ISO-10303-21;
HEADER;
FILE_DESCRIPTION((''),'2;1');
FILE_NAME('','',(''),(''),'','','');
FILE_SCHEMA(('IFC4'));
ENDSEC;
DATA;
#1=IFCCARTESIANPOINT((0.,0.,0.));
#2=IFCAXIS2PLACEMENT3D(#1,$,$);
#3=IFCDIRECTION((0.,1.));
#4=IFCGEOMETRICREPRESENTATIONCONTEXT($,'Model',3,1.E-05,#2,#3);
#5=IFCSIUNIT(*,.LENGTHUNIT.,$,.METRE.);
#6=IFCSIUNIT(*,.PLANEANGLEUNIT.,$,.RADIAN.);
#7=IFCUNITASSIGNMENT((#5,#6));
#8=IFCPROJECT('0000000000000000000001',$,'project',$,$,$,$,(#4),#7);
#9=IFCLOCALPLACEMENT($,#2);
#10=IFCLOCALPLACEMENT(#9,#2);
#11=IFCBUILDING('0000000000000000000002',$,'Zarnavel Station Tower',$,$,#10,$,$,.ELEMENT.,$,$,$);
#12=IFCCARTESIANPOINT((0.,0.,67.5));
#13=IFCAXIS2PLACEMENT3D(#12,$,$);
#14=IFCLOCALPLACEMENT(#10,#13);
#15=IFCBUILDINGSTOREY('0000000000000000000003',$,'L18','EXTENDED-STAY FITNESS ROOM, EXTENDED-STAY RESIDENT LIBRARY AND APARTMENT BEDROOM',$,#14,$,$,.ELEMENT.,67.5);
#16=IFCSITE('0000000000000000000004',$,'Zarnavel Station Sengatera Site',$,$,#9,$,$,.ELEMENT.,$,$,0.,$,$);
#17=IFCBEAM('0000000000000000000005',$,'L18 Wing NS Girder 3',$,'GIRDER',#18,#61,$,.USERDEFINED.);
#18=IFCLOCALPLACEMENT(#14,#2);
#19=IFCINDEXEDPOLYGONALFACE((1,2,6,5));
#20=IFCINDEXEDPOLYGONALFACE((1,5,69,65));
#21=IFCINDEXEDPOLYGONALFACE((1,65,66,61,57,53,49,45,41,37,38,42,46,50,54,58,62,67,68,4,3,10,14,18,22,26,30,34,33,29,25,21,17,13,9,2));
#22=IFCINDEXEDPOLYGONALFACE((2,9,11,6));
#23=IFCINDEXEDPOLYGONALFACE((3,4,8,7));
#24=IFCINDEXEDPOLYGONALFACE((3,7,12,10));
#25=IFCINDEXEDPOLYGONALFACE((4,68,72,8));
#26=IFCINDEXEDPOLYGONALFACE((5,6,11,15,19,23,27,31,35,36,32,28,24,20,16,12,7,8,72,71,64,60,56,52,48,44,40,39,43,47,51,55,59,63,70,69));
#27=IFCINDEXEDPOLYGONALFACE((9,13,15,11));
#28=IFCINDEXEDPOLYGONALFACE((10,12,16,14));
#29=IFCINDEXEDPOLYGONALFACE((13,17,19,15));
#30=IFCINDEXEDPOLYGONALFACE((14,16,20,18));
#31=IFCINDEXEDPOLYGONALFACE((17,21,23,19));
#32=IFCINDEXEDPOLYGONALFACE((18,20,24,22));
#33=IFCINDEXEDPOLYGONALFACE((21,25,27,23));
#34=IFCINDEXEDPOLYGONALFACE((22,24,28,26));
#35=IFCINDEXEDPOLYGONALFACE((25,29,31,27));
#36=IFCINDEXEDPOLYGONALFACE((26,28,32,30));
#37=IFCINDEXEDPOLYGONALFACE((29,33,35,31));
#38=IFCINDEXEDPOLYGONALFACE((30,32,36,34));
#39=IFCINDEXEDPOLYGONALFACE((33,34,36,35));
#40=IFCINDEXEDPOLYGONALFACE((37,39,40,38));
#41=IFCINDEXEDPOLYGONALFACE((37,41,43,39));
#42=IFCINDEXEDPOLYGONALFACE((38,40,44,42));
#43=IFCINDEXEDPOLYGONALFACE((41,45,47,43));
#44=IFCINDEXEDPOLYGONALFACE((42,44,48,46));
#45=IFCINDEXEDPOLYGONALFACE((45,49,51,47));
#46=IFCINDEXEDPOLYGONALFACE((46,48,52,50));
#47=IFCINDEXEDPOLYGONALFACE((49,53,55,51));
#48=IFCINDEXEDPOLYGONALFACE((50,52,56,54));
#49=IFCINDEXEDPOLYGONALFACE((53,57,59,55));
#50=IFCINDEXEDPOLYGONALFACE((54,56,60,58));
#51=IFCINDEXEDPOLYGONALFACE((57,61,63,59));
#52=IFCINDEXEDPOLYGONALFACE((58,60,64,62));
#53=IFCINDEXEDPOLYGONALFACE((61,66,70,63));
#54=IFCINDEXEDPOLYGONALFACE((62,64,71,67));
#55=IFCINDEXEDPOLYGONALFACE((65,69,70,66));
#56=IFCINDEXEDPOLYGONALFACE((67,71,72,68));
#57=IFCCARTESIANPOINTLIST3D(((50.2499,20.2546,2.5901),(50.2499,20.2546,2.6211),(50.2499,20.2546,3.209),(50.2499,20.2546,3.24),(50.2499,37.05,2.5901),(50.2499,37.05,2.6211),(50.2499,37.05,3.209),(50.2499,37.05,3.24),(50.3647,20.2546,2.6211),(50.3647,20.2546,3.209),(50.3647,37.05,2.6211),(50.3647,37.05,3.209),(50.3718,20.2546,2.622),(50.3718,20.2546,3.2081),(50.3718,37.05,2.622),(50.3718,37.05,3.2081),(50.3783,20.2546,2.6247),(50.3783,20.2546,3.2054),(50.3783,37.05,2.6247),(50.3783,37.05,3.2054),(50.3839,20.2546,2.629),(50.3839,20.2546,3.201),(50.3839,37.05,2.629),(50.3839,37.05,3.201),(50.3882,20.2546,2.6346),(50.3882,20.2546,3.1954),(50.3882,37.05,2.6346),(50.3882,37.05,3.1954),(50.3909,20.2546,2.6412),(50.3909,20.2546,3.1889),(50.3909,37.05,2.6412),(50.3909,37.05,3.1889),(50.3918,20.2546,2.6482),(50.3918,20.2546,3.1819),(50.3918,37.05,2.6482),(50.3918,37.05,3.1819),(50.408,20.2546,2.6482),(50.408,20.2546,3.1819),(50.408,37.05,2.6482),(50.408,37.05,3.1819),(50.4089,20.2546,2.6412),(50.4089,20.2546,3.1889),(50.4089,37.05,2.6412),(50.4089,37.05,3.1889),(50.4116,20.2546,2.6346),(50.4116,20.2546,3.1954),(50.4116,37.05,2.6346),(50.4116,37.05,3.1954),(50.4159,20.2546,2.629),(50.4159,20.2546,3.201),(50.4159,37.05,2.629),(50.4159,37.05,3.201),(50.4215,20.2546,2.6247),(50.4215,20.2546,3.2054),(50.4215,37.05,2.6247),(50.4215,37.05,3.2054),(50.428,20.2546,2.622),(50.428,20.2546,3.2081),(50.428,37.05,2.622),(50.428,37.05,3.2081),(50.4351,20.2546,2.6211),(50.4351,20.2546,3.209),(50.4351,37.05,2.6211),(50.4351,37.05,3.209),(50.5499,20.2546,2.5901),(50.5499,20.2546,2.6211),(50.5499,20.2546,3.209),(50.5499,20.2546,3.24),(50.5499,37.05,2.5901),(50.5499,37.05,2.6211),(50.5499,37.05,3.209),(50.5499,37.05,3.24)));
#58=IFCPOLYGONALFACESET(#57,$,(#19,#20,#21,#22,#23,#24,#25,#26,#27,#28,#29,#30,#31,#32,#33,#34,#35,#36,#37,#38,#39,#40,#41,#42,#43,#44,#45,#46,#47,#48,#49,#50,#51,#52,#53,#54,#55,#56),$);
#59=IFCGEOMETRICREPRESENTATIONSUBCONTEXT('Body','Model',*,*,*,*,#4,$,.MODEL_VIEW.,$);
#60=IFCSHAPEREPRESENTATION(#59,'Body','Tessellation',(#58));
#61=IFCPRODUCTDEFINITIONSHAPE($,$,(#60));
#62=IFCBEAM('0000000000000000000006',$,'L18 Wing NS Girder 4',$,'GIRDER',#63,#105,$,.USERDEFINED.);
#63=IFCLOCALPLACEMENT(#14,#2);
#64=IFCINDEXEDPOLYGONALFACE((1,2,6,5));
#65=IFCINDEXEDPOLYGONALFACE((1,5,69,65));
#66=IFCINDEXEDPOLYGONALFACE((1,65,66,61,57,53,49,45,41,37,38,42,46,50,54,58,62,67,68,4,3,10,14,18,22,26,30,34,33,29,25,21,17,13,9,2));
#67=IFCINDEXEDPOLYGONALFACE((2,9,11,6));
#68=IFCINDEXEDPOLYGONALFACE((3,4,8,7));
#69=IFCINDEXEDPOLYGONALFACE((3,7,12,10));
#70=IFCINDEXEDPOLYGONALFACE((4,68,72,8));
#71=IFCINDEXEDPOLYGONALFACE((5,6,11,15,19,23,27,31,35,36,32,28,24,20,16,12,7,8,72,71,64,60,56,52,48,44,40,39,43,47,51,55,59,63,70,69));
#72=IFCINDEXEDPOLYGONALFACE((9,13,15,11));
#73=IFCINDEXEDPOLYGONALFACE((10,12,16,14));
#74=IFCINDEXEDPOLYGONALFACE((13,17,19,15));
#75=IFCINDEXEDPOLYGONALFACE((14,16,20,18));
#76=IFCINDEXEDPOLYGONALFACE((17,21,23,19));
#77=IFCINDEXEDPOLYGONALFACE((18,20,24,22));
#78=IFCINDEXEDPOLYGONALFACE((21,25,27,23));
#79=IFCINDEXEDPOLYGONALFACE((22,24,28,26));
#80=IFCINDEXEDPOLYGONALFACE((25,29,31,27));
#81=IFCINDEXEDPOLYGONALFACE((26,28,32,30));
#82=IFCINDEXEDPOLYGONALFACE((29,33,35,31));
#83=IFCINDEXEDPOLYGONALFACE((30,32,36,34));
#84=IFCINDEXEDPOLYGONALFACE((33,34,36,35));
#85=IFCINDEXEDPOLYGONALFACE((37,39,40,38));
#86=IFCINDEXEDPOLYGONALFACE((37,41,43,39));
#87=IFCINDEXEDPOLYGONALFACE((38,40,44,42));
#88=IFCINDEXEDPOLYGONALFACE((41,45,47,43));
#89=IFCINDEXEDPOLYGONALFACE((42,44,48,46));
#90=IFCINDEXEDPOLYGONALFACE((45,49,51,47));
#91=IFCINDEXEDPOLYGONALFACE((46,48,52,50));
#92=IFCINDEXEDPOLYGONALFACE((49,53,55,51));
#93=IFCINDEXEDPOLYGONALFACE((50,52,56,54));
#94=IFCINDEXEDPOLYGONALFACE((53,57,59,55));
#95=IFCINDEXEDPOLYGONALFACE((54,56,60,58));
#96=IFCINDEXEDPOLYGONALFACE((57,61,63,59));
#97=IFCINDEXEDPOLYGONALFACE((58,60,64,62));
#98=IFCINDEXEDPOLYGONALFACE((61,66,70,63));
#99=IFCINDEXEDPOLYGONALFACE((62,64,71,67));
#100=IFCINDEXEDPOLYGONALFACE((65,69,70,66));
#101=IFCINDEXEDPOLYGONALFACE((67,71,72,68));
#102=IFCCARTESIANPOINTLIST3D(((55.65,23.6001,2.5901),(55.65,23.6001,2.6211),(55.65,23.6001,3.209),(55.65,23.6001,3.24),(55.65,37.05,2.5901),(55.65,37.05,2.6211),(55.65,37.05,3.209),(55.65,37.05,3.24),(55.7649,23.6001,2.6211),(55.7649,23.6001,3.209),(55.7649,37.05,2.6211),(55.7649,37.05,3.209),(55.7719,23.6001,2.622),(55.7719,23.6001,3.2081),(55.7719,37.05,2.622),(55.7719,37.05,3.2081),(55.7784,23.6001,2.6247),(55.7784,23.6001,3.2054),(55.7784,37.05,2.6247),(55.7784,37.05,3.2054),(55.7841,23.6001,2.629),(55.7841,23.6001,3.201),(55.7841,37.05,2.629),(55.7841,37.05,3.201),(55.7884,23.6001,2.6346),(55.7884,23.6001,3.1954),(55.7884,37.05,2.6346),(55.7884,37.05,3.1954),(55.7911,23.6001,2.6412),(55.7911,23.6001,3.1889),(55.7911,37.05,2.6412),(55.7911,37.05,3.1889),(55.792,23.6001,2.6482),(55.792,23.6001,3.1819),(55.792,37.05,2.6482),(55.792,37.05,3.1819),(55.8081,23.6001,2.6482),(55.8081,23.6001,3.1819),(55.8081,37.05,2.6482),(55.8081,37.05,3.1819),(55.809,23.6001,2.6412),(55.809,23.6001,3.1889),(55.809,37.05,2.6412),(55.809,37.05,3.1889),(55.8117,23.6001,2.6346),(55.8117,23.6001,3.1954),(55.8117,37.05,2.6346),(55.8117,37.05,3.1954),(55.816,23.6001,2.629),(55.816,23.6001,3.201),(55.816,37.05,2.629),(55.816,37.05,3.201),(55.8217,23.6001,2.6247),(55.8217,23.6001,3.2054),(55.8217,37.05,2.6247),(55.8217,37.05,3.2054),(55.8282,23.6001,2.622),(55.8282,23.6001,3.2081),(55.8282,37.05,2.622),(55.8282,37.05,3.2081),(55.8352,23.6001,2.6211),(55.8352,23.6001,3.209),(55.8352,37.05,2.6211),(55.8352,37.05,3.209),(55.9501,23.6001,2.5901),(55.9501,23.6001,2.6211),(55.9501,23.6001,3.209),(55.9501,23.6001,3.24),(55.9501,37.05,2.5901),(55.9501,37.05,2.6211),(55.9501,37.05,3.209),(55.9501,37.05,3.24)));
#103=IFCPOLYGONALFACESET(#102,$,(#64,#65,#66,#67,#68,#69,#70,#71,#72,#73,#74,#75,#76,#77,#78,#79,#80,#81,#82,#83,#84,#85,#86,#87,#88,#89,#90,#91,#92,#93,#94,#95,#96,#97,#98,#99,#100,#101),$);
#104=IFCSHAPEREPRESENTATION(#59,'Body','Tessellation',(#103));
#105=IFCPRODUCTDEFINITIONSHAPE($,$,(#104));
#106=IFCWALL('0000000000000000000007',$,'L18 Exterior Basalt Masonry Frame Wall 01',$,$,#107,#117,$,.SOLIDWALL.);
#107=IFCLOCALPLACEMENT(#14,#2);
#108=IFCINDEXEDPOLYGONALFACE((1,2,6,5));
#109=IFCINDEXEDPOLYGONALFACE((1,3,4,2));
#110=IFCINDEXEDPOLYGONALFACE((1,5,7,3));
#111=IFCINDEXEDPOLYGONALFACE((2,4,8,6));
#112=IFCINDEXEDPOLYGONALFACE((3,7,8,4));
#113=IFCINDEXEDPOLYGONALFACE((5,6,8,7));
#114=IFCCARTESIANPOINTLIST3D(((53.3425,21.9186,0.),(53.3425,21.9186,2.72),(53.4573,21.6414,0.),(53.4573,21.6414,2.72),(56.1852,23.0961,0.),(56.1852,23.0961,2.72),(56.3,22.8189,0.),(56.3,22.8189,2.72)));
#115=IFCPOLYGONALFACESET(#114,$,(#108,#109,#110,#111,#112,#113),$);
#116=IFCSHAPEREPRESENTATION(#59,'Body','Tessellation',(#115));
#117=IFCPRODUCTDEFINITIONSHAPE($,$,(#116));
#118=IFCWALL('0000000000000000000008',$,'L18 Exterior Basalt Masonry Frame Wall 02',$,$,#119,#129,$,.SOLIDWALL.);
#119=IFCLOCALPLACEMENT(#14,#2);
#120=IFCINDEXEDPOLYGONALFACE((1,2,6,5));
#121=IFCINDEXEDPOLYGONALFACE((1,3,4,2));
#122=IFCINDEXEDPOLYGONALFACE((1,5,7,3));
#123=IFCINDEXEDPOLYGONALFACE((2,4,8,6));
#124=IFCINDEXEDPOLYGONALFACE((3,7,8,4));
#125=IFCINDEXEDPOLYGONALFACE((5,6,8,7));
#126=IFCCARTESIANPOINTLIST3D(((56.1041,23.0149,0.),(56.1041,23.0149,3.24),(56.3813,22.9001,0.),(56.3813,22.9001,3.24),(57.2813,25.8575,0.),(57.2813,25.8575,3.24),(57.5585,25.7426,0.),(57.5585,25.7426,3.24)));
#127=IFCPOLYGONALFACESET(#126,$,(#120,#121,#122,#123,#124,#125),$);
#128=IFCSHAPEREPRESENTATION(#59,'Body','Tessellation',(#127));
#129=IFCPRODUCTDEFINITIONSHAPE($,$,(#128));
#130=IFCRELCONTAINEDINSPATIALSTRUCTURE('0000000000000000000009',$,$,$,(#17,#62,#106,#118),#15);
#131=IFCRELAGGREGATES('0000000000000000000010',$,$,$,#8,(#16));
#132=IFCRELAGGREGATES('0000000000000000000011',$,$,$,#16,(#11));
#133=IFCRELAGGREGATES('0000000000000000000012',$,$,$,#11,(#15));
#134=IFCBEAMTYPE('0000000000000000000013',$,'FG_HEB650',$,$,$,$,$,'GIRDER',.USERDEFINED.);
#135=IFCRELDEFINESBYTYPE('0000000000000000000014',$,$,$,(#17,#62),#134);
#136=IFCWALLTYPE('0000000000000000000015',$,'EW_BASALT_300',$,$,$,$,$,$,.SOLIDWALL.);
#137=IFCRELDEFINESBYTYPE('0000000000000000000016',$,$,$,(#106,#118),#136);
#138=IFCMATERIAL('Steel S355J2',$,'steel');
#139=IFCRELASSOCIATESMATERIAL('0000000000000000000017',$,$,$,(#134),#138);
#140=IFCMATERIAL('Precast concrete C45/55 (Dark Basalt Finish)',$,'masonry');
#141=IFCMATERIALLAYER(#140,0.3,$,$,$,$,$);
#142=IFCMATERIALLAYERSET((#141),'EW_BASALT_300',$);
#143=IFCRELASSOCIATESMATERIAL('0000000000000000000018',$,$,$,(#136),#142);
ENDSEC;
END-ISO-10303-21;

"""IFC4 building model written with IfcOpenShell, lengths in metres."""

from ifc_helpers import new_model, si_unit, direction, frame, frame_2d, origin, origin_2d, place, context, subcontext, project, spatial, rectangle, i_section, extrude, material, layer, layer_set, material_profile, profile_set, type_object, element, save


model = new_model("IFC4")

# Units and contexts
model_context = context("Model", 3, precision=1e-05, world=origin(), true_north=direction((0.0, 1.0)))
body_context = subcontext(model_context, "Body", "Model", "MODEL_VIEW")
ifc_project = project(units=[si_unit("LENGTHUNIT", "METRE"), si_unit("PLANEANGLEUNIT", "RADIAN")], contexts=[model_context])

# Site, building, storey
site_placement = place(None, origin())
site = spatial("IfcSite", under=ifc_project, at=site_placement, Name="Zarnavel Station Sengatera Site", CompositionType="ELEMENT", RefElevation=0.0)
building_placement = place(site_placement, origin())
building = spatial("IfcBuilding", under=site, at=building_placement, Name="Zarnavel Station Tower", CompositionType="ELEMENT")
storey_placement = place(building_placement, frame((0.0, 0.0, 67.5)))
storey = spatial("IfcBuildingStorey", under=building, at=storey_placement, Name="L18", Description="EXTENDED-STAY FITNESS ROOM, EXTENDED-STAY RESIDENT LIBRARY AND APARTMENT BEDROOM", CompositionType="ELEMENT", Elevation=67.5)

# Beams
ifc_material_1 = material(Name="Steel S355J2", Category="steel")
ifc_material_profile_1 = material_profile(ifc_material_1, i_section(OverallWidth=0.3, OverallDepth=0.6499, WebThickness=0.0161, FlangeThickness=0.031, FilletRadius=0.0271, at=origin_2d()), Name="HEB650")
ifc_profile_set_1 = profile_set([ifc_material_profile_1], Name="Steel S355J2")
beam_type_1 = type_object("IfcBeamType", Name="FG_HEB650", ElementType="GIRDER", PredefinedType="USERDEFINED", material=ifc_profile_set_1)
beam_1_placement = place(storey_placement, frame((50.3999, 20.2546, 2.915), z_axis=(0.0, 1.0, 0.0), x_axis=(-1.0, 0.0, 0.0)))
element("IfcBeam", 1, at=beam_1_placement, inside=storey, type_object=beam_type_1, Name="L18 Wing NS Girder 3", ObjectType="GIRDER", PredefinedType="USERDEFINED", context=body_context, shape_type="SweptSolid", body=[
    extrude(i_section(OverallWidth=0.3, OverallDepth=0.6499, WebThickness=0.0161, FlangeThickness=0.031, FilletRadius=0.0271, at=origin_2d()), origin(), (0.0, 0.0, 1.0), 16.7954),
])
beam_2_placement = place(storey_placement, frame((55.8, 23.6001, 2.915), z_axis=(0.0, 1.0, 0.0), x_axis=(-1.0, 0.0, 0.0)))
element("IfcBeam", 2, at=beam_2_placement, inside=storey, type_object=beam_type_1, Name="L18 Wing NS Girder 4", ObjectType="GIRDER", PredefinedType="USERDEFINED", context=body_context, shape_type="SweptSolid", body=[
    extrude(i_section(OverallWidth=0.3, OverallDepth=0.6499, WebThickness=0.0161, FlangeThickness=0.031, FilletRadius=0.0271, at=origin_2d()), origin(), (0.0, 0.0, 1.0), 13.45),
])

# Walls
ifc_material_2 = material(Name="Precast concrete C45/55 (Dark Basalt Finish)", Category="masonry")
ifc_layer_1 = layer(ifc_material_2, 0.3)
ifc_layer_set_1 = layer_set([ifc_layer_1], Name="EW_BASALT_300")
wall_type_1 = type_object("IfcWallType", Name="EW_BASALT_300", PredefinedType="SOLIDWALL", material=ifc_layer_set_1)
wall_1_placement = place(storey_placement, frame((56.2427, 22.9575, 0.0), z_axis=(0.0, 0.0, 1.0), x_axis=(-0.923882, -0.382676, 0.0)))
element("IfcWall", 3, at=wall_1_placement, inside=storey, type_object=wall_type_1, Name="L18 Exterior Basalt Masonry Frame Wall 01", PredefinedType="SOLIDWALL", context=body_context, shape_type="SweptSolid", body=[
    extrude(rectangle(XDim=3.0769, YDim=0.3, at=frame_2d((1.5386, 0.0))), origin(), (0.0, 0.0, 1.0), 2.72),
])
wall_2_placement = place(storey_placement, frame((57.4199, 25.8, 0.0), z_axis=(0.0, 0.0, 1.0), x_axis=(-0.382637, -0.923899, 0.0)))
element("IfcWall", 4, at=wall_2_placement, inside=storey, type_object=wall_type_1, Name="L18 Exterior Basalt Masonry Frame Wall 02", PredefinedType="SOLIDWALL", context=body_context, shape_type="SweptSolid", body=[
    extrude(rectangle(XDim=3.0767, YDim=0.3, at=frame_2d((1.5383, 0.0))), origin(), (0.0, 0.0, 1.0), 3.24),
])

save(model, "model.ifc")
